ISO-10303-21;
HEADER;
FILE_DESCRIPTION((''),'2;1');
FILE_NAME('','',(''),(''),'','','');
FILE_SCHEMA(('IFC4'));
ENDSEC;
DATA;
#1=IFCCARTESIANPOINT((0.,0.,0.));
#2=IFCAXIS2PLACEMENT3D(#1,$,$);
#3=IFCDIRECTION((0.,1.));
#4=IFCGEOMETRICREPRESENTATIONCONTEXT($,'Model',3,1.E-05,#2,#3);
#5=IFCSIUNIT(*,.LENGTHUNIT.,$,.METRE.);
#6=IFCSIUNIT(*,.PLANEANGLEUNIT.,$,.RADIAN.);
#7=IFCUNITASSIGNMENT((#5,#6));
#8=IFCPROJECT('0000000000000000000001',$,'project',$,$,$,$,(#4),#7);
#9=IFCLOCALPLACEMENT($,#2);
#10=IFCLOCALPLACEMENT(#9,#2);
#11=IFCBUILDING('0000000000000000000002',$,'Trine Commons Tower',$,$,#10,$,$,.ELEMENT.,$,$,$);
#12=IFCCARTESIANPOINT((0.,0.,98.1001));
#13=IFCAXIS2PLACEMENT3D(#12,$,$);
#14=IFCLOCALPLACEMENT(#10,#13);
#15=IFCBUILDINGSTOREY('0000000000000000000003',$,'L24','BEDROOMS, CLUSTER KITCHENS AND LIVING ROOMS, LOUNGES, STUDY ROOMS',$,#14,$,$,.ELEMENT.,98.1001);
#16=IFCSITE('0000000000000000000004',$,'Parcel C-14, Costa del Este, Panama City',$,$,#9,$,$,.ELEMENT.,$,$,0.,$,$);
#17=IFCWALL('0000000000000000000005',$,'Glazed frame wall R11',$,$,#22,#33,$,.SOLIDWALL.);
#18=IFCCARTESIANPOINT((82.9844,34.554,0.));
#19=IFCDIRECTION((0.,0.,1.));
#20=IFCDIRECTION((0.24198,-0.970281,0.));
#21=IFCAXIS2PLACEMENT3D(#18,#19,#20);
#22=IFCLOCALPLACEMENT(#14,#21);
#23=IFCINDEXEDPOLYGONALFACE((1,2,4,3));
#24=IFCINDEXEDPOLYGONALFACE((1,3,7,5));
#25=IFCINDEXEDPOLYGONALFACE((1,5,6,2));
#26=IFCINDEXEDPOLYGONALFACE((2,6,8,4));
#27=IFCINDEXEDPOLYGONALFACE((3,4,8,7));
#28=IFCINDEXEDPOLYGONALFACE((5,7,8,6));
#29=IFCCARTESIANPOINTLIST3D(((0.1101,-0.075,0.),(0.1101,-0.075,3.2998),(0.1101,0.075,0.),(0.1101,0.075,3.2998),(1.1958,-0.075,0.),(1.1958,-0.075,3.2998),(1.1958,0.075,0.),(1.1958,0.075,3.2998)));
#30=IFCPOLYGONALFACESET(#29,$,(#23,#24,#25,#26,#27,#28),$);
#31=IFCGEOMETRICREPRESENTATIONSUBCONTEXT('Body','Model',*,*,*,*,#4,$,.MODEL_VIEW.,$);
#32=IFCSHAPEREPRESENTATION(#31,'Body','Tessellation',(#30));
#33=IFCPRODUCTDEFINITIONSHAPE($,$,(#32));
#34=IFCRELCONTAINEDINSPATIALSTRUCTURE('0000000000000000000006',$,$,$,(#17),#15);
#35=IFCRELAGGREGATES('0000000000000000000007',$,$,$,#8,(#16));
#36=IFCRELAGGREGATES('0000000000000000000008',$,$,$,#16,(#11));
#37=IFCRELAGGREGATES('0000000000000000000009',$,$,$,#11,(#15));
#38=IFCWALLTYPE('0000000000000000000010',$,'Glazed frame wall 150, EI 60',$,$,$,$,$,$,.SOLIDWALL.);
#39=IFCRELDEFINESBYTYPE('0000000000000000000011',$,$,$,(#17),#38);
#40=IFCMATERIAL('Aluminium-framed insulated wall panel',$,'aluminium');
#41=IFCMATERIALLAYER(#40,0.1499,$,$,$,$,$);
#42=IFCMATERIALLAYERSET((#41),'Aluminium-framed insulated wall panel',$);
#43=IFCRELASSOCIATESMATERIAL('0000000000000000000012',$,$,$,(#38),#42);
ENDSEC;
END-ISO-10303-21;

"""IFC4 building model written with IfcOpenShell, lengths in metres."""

from ifc_helpers import new_model, si_unit, direction, frame, origin, place, context, subcontext, project, spatial, polyline, outline, extrude, material, layer, layer_set, type_object, element, save


model = new_model("IFC4")

# Units and contexts
model_context = context("Model", 3, precision=1e-05, world=origin(), true_north=direction((0.0, 1.0)))
body_context = subcontext(model_context, "Body", "Model", "MODEL_VIEW")
ifc_project = project(units=[si_unit("LENGTHUNIT", "METRE"), si_unit("PLANEANGLEUNIT", "RADIAN")], contexts=[model_context])

# Site, building, storey
site_placement = place(None, origin())
site = spatial("IfcSite", under=ifc_project, at=site_placement, Name="Parcel C-14, Costa del Este, Panama City", CompositionType="ELEMENT", RefElevation=0.0)
building_placement = place(site_placement, origin())
building = spatial("IfcBuilding", under=site, at=building_placement, Name="Trine Commons Tower", CompositionType="ELEMENT")
storey_placement = place(building_placement, frame((0.0, 0.0, 98.1001)))
storey = spatial("IfcBuildingStorey", under=building, at=storey_placement, Name="L24", Description="BEDROOMS, CLUSTER KITCHENS AND LIVING ROOMS, LOUNGES, STUDY ROOMS", CompositionType="ELEMENT", Elevation=98.1001)

# Shared definitions
ifc_material_1 = material(Name="Aluminium-framed insulated wall panel", Category="aluminium")
ifc_layer_1 = layer(ifc_material_1, 0.1499)
ifc_layer_set_1 = layer_set([ifc_layer_1], Name="Aluminium-framed insulated wall panel")
wall_type_1 = type_object("IfcWallType", Name="Glazed frame wall 150, EI 60", PredefinedType="SOLIDWALL", material=ifc_layer_set_1)

# Wall
wall_1_placement = place(storey_placement, frame((82.9844, 34.554, 0.0), z_axis=(0.0, 0.0, 1.0), x_axis=(0.24198, -0.970281, 0.0)))
element("IfcWall", 1, at=wall_1_placement, inside=storey, type_object=wall_type_1, Name="Glazed frame wall R11", PredefinedType="SOLIDWALL", context=body_context, shape_type="SweptSolid", body=[
    extrude(outline(polyline([(0.1101, 0.075), (0.1101, -0.075), (1.1958, -0.075), (1.1958, 0.075), (0.1101, 0.075)])), origin(), (0.0, 0.0, 1.0), 3.2998),
])

save(model, "model.ifc")
